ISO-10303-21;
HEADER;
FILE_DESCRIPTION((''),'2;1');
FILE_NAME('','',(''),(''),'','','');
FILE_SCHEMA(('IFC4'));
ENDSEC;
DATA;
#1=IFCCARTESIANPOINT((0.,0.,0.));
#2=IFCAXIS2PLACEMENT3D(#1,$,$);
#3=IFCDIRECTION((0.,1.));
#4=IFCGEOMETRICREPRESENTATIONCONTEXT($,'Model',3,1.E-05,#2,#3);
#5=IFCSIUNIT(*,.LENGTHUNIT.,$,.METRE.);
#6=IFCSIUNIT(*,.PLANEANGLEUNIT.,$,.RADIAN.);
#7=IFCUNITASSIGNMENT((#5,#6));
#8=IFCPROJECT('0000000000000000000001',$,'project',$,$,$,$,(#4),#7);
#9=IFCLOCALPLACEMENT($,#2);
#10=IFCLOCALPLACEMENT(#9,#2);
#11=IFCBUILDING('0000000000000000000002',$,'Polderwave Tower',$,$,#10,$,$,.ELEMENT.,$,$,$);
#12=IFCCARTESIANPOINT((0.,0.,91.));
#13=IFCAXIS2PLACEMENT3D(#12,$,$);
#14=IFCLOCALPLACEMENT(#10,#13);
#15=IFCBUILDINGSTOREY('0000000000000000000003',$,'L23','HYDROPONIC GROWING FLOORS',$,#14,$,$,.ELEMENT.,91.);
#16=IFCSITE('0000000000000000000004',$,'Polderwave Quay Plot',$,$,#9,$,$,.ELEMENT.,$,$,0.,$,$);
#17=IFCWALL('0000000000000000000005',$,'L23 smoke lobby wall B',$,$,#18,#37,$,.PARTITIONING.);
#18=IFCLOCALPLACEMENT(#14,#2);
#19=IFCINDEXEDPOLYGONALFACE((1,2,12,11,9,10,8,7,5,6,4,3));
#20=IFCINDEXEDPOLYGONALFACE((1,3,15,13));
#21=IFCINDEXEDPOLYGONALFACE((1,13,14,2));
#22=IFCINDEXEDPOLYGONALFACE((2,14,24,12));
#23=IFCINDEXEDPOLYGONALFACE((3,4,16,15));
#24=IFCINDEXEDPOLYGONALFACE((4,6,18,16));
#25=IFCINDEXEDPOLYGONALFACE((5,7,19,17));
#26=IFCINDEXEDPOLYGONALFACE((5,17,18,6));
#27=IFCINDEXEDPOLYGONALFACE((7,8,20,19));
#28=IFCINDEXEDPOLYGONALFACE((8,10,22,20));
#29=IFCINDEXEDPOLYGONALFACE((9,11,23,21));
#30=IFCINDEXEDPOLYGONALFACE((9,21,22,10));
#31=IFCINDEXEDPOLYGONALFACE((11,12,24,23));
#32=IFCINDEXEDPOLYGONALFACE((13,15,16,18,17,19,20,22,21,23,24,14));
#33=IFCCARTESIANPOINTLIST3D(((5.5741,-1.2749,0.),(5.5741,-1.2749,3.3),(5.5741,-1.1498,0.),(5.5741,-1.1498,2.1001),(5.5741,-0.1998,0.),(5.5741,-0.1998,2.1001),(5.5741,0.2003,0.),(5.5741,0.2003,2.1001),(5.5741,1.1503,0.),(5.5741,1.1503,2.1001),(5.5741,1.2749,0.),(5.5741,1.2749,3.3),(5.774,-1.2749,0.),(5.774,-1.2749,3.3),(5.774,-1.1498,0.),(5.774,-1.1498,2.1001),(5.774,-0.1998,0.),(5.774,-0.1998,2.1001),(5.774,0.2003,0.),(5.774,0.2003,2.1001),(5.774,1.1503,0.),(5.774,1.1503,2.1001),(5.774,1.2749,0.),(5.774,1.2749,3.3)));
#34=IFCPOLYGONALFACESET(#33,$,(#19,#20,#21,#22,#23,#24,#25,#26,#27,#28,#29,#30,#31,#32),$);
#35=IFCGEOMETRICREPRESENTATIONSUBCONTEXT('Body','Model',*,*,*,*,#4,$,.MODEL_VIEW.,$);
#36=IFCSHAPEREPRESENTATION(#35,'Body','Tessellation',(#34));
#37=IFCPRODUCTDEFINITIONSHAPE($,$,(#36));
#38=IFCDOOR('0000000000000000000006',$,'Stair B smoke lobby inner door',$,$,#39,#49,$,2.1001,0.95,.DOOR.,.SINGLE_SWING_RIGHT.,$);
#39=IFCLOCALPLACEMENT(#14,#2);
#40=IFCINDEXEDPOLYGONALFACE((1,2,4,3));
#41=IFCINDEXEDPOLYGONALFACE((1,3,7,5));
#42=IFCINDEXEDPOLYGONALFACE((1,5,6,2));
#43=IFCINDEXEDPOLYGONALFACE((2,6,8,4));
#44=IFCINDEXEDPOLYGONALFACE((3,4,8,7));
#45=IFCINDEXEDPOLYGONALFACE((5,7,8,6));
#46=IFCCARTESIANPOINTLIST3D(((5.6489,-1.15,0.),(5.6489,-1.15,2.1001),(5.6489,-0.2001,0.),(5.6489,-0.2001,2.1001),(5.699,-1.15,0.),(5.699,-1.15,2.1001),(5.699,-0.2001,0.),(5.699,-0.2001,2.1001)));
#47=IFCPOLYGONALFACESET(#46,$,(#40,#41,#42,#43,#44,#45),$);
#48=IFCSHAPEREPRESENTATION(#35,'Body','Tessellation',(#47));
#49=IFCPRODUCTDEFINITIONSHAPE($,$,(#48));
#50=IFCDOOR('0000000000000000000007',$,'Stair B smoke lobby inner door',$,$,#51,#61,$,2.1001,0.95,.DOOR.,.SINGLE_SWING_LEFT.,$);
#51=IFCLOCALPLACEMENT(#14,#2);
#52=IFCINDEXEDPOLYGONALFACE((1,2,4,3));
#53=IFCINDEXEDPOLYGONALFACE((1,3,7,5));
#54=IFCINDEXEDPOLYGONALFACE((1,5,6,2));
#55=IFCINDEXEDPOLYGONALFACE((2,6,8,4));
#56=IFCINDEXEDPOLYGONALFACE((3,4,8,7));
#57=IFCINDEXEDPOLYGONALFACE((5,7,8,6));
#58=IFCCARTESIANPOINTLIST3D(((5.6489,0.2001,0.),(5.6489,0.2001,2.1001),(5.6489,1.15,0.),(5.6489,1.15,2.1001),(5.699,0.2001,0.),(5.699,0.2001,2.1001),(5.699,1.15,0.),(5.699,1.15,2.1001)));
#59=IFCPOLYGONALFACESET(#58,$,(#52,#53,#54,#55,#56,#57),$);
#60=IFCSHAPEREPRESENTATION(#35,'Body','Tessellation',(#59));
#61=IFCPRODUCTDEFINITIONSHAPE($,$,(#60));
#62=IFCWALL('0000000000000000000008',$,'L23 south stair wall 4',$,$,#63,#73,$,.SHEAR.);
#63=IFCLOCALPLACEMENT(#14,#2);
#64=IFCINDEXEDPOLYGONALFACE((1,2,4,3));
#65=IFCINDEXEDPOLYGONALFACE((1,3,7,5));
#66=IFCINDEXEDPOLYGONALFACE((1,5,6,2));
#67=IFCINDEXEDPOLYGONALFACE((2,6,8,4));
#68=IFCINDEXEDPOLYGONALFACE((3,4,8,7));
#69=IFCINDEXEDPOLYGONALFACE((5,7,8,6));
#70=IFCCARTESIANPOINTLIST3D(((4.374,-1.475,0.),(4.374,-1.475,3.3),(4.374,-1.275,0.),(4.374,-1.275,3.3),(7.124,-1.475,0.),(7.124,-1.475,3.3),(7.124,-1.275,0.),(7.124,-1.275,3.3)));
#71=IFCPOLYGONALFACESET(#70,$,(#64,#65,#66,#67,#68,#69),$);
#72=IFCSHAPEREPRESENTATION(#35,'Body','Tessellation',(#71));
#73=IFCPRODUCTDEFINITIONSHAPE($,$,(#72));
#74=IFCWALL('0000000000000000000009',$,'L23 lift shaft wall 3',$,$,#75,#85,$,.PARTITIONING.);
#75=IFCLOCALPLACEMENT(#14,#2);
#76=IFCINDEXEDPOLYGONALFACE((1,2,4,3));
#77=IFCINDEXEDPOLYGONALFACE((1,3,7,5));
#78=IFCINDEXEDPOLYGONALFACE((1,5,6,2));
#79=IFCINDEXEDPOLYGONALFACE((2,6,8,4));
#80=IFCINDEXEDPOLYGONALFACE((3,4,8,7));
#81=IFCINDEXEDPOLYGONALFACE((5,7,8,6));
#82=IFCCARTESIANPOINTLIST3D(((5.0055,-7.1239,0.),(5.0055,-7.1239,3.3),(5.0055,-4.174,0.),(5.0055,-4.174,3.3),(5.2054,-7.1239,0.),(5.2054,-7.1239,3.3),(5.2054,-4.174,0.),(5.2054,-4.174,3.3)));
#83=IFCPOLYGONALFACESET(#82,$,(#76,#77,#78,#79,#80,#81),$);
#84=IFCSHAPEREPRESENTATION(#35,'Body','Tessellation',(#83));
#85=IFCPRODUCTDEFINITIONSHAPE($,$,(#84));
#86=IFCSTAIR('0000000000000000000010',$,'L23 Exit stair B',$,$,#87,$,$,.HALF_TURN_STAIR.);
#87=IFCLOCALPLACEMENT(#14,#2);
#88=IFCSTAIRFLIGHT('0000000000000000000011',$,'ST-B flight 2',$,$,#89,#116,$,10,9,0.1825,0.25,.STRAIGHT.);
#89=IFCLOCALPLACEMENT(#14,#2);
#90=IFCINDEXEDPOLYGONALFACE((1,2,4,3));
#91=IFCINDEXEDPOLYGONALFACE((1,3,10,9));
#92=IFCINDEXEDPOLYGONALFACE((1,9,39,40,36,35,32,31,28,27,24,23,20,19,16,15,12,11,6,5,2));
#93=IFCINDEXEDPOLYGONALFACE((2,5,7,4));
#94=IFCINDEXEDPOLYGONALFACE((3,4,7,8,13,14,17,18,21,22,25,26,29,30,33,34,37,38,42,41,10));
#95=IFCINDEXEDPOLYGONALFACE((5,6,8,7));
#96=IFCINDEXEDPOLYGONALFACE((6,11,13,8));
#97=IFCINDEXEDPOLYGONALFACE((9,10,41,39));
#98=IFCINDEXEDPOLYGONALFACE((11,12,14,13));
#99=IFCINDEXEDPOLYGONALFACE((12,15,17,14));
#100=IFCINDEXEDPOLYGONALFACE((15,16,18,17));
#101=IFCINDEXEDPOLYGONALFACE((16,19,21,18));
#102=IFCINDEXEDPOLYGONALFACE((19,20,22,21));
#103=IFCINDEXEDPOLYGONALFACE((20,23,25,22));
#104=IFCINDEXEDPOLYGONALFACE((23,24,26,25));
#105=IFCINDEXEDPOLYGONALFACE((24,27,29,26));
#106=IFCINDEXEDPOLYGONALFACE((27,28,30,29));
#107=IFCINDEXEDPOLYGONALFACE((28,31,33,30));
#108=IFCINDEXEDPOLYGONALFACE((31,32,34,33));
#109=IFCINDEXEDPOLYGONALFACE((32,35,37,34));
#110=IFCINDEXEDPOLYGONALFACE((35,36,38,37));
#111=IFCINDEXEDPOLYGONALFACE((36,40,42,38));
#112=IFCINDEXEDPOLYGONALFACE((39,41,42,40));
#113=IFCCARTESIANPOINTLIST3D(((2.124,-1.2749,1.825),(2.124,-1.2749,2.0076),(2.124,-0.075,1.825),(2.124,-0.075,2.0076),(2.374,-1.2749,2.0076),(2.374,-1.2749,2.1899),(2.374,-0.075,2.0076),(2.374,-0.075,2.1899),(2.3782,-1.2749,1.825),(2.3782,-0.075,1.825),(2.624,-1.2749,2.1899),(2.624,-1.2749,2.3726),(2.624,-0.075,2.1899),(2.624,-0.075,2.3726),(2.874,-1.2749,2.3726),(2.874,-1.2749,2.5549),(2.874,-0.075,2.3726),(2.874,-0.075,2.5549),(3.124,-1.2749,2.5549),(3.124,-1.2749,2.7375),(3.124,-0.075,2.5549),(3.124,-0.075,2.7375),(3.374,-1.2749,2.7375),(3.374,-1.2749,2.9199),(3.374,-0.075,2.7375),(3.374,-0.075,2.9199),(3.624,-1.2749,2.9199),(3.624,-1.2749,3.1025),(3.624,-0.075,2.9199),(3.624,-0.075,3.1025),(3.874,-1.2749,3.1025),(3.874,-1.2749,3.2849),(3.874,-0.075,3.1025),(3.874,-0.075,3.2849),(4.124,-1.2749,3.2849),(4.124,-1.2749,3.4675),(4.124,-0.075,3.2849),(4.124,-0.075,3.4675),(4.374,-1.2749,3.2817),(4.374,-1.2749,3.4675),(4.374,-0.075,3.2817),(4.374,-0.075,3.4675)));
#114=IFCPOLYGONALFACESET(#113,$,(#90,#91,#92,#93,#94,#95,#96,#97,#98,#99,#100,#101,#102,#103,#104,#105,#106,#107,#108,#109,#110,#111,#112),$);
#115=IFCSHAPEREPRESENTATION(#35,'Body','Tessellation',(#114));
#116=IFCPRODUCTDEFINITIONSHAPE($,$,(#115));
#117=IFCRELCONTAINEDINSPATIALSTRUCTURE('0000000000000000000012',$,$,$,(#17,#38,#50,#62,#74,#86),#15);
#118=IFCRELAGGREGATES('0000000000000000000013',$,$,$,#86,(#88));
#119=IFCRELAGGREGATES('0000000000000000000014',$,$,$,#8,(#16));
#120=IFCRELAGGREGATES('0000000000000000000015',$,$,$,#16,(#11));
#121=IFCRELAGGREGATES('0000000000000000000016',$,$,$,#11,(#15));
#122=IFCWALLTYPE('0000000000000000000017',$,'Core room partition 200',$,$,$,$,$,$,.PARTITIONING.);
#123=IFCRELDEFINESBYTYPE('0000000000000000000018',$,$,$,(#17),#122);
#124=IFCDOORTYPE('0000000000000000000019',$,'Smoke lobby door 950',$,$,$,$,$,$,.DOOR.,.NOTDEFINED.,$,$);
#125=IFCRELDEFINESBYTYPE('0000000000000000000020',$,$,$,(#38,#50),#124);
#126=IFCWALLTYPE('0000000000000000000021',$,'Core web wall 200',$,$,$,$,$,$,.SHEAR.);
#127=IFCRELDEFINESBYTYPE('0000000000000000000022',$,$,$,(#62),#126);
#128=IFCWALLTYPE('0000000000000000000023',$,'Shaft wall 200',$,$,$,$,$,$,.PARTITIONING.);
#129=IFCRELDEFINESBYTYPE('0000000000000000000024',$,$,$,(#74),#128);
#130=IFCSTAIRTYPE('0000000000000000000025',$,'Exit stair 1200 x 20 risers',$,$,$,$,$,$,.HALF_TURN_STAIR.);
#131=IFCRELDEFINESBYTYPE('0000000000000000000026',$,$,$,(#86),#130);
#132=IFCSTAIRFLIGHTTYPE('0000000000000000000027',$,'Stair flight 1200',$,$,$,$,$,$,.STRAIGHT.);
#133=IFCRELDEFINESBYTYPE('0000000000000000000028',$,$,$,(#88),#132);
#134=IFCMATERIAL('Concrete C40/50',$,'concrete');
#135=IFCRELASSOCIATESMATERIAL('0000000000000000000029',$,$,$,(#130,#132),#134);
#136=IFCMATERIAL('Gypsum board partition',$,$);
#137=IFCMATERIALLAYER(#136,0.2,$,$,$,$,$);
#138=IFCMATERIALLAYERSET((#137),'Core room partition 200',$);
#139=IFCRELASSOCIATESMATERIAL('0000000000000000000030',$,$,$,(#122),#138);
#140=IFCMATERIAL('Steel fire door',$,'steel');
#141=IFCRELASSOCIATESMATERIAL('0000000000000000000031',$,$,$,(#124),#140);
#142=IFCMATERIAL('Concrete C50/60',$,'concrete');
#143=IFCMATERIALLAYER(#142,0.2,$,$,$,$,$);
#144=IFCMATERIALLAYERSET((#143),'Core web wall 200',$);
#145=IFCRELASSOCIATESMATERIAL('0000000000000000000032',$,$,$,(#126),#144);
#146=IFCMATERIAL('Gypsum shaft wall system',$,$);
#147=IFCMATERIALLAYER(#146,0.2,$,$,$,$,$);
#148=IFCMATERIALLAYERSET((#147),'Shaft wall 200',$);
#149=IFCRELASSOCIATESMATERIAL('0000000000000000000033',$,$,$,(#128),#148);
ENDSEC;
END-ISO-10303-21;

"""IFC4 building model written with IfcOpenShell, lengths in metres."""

from ifc_helpers import new_model, si_unit, direction, frame, frame_2d, origin, place, context, subcontext, project, spatial, polyline, rectangle, outline, extrude, material, layer, layer_set, type_object, element, fill, aggregate, save


model = new_model("IFC4")

# Units and contexts
model_context = context("Model", 3, precision=1e-05, world=origin(), true_north=direction((0.0, 1.0)))
body_context = subcontext(model_context, "Body", "Model", "MODEL_VIEW")
ifc_project = project(units=[si_unit("LENGTHUNIT", "METRE"), si_unit("PLANEANGLEUNIT", "RADIAN")], contexts=[model_context])

# Site, building, storey
site_placement = place(None, origin())
site = spatial("IfcSite", under=ifc_project, at=site_placement, Name="Polderwave Quay Plot", CompositionType="ELEMENT", RefElevation=0.0)
building_placement = place(site_placement, origin())
building = spatial("IfcBuilding", under=site, at=building_placement, Name="Polderwave Tower", CompositionType="ELEMENT")
storey_placement = place(building_placement, frame((0.0, 0.0, 91.0)))
storey = spatial("IfcBuildingStorey", under=building, at=storey_placement, Name="L23", Description="HYDROPONIC GROWING FLOORS", CompositionType="ELEMENT", Elevation=91.0)

# Shared definitions
ifc_material_1 = material(Name="Concrete C40/50", Category="concrete")

# Shared definitions
stair_type = type_object("IfcStairType", Name="Exit stair 1200 x 20 risers", PredefinedType="HALF_TURN_STAIR", material=ifc_material_1)

# Wall, openings, doors
ifc_material_2 = material(Name="Steel fire door", Category="steel")
ifc_material_3 = material(Name="Gypsum board partition")
ifc_layer_1 = layer(ifc_material_3, 0.2)
ifc_layer_set_1 = layer_set([ifc_layer_1], Name="Core room partition 200")
wall_type_1 = type_object("IfcWallType", Name="Core room partition 200", PredefinedType="PARTITIONING", material=ifc_layer_set_1)
wall_1_placement = place(storey_placement, frame((5.6741, -1.2749, 0.0), z_axis=(0.0, 0.0, 1.0), x_axis=(0.0, 1.0, 0.0)))
wall_1 = element("IfcWall", 1, at=wall_1_placement, inside=storey, type_object=wall_type_1, Name="L23 smoke lobby wall B", PredefinedType="PARTITIONING", context=body_context, shape_type="SweptSolid", body=[
    extrude(rectangle(XDim=2.5498, YDim=0.2, at=frame_2d((1.2749, 0.0))), origin(), (0.0, 0.0, 1.0), 3.3),
])
opening_1_placement = place(wall_1_placement, frame((0.125, 0.0, 0.0)))
opening_1 = element("IfcOpeningElement", 2, at=opening_1_placement, cuts=wall_1, PredefinedType="OPENING", context=body_context, shape_type="SweptSolid", body=[
    extrude(rectangle(XDim=0.95, YDim=2.1001, at=frame_2d((0.4751, 1.05))), frame((0.0, 0.1099, 0.0), z_axis=(0.0, -1.0, 0.0), x_axis=(1.0, 0.0, 0.0)), (0.0, 0.0, 1.0), 0.22),
])
opening_2_placement = place(wall_1_placement, frame((1.4751, 0.0, 0.0)))
opening_2 = element("IfcOpeningElement", 3, at=opening_2_placement, cuts=wall_1, PredefinedType="OPENING", context=body_context, shape_type="SweptSolid", body=[
    extrude(rectangle(XDim=0.95, YDim=2.1001, at=frame_2d((0.4751, 1.05))), frame((0.0, 0.1099, 0.0), z_axis=(0.0, -1.0, 0.0), x_axis=(1.0, 0.0, 0.0)), (0.0, 0.0, 1.0), 0.22),
])
door_type_1 = type_object("IfcDoorType", Name="Smoke lobby door 950", OperationType="NOTDEFINED", PredefinedType="DOOR", material=ifc_material_2)
door_1_placement = place(opening_1_placement, frame((0.95, 0.0, 0.0), z_axis=(0.0, 0.0, 1.0), x_axis=(-1.0, 0.0, 0.0)))
door_1 = element("IfcDoor", 4, at=door_1_placement, inside=storey, type_object=door_type_1, Name="Stair B smoke lobby inner door", OperationType="SINGLE_SWING_RIGHT", OverallHeight=2.1001, OverallWidth=0.95, PredefinedType="DOOR", context=body_context, shape_type="SweptSolid", body=[
    extrude(rectangle(XDim=0.95, YDim=2.1001, at=frame_2d((0.4751, 1.05))), frame((0.0, 0.0249, 0.0), z_axis=(0.0, -1.0, 0.0), x_axis=(1.0, 0.0, 0.0)), (0.0, 0.0, 1.0), 0.05),
])
fill(opening_1, door_1)
door_2_placement = place(opening_2_placement, frame((0.95, 0.0, 0.0), z_axis=(0.0, 0.0, 1.0), x_axis=(-1.0, 0.0, 0.0)))
door_2 = element("IfcDoor", 5, at=door_2_placement, inside=storey, type_object=door_type_1, Name="Stair B smoke lobby inner door", OperationType="SINGLE_SWING_LEFT", OverallHeight=2.1001, OverallWidth=0.95, PredefinedType="DOOR", context=body_context, shape_type="SweptSolid", body=[
    extrude(rectangle(XDim=0.95, YDim=2.1001, at=frame_2d((0.4751, 1.05))), frame((0.0, 0.0249, 0.0), z_axis=(0.0, -1.0, 0.0), x_axis=(1.0, 0.0, 0.0)), (0.0, 0.0, 1.0), 0.05),
])
fill(opening_2, door_2)

# Walls
ifc_material_4 = material(Name="Concrete C50/60", Category="concrete")
ifc_layer_2 = layer(ifc_material_4, 0.2)
ifc_layer_set_2 = layer_set([ifc_layer_2], Name="Core web wall 200")
wall_type_2 = type_object("IfcWallType", Name="Core web wall 200", PredefinedType="SHEAR", material=ifc_layer_set_2)
wall_2_placement = place(storey_placement, frame((4.374, -1.375, 0.0), z_axis=(0.0, 0.0, 1.0), x_axis=(1.0, 0.0, 0.0)))
element("IfcWall", 6, at=wall_2_placement, inside=storey, type_object=wall_type_2, Name="L23 south stair wall 4", PredefinedType="SHEAR", context=body_context, shape_type="SweptSolid", body=[
    extrude(rectangle(XDim=2.75, YDim=0.2, at=frame_2d((1.375, 0.0))), origin(), (0.0, 0.0, 1.0), 3.3),
])
ifc_material_5 = material(Name="Gypsum shaft wall system")
ifc_layer_3 = layer(ifc_material_5, 0.2)
ifc_layer_set_3 = layer_set([ifc_layer_3], Name="Shaft wall 200")
wall_type_3 = type_object("IfcWallType", Name="Shaft wall 200", PredefinedType="PARTITIONING", material=ifc_layer_set_3)
wall_3_placement = place(storey_placement, frame((5.1055, -7.124, 0.0), z_axis=(0.0, 0.0, 1.0), x_axis=(0.0, 1.0, 0.0)))
element("IfcWall", 7, at=wall_3_placement, inside=storey, type_object=wall_type_3, Name="L23 lift shaft wall 3", PredefinedType="PARTITIONING", context=body_context, shape_type="SweptSolid", body=[
    extrude(rectangle(XDim=2.95, YDim=0.2, at=frame_2d((1.4751, 0.0))), origin(), (0.0, 0.0, 1.0), 3.3),
])

# Stair, stair flight
stair_1_placement = place(storey_placement, origin())
stair_1 = element("IfcStair", 8, at=stair_1_placement, inside=storey, type_object=stair_type, Name="L23 Exit stair B", PredefinedType="HALF_TURN_STAIR")
stair_flight_type = type_object("IfcStairFlightType", Name="Stair flight 1200", PredefinedType="STRAIGHT", material=ifc_material_1)
stair_flight_placement = place(storey_placement, frame((2.124, -0.675, 1.825), z_axis=(0.0, 0.0, 1.0), x_axis=(1.0, 0.0, 0.0)))
stair_flight = element("IfcStairFlight", 9, at=stair_flight_placement, type_object=stair_flight_type, Name="ST-B flight 2", NumberOfRisers=10, NumberOfTreads=9, PredefinedType="STRAIGHT", RiserHeight=0.1825, TreadLength=0.25, context=body_context, shape_type="SweptSolid", body=[
    extrude(outline(polyline([(0.0, 0.0), (0.0, 0.1826), (0.25, 0.1826), (0.25, 0.365), (0.5, 0.365), (0.5, 0.5476), (0.75, 0.5476), (0.75, 0.73), (1.0, 0.73), (1.0, 0.9126), (1.25, 0.9126), (1.25, 1.095), (1.5, 1.095), (1.5, 1.2776), (1.75, 1.2776), (1.75, 1.46), (2.0, 1.46), (2.0, 1.6426), (2.25, 1.6426), (2.25, 1.825), (2.25, 1.4568), (0.2542, 0.0), (0.0, 0.0)])), frame((0.0, 0.6001, 0.0), z_axis=(0.0, -1.0, 0.0), x_axis=(1.0, 0.0, 0.0)), (0.0, 0.0, 1.0), 1.2),
])
aggregate(stair_1, [stair_flight])

save(model, "model.ifc")
